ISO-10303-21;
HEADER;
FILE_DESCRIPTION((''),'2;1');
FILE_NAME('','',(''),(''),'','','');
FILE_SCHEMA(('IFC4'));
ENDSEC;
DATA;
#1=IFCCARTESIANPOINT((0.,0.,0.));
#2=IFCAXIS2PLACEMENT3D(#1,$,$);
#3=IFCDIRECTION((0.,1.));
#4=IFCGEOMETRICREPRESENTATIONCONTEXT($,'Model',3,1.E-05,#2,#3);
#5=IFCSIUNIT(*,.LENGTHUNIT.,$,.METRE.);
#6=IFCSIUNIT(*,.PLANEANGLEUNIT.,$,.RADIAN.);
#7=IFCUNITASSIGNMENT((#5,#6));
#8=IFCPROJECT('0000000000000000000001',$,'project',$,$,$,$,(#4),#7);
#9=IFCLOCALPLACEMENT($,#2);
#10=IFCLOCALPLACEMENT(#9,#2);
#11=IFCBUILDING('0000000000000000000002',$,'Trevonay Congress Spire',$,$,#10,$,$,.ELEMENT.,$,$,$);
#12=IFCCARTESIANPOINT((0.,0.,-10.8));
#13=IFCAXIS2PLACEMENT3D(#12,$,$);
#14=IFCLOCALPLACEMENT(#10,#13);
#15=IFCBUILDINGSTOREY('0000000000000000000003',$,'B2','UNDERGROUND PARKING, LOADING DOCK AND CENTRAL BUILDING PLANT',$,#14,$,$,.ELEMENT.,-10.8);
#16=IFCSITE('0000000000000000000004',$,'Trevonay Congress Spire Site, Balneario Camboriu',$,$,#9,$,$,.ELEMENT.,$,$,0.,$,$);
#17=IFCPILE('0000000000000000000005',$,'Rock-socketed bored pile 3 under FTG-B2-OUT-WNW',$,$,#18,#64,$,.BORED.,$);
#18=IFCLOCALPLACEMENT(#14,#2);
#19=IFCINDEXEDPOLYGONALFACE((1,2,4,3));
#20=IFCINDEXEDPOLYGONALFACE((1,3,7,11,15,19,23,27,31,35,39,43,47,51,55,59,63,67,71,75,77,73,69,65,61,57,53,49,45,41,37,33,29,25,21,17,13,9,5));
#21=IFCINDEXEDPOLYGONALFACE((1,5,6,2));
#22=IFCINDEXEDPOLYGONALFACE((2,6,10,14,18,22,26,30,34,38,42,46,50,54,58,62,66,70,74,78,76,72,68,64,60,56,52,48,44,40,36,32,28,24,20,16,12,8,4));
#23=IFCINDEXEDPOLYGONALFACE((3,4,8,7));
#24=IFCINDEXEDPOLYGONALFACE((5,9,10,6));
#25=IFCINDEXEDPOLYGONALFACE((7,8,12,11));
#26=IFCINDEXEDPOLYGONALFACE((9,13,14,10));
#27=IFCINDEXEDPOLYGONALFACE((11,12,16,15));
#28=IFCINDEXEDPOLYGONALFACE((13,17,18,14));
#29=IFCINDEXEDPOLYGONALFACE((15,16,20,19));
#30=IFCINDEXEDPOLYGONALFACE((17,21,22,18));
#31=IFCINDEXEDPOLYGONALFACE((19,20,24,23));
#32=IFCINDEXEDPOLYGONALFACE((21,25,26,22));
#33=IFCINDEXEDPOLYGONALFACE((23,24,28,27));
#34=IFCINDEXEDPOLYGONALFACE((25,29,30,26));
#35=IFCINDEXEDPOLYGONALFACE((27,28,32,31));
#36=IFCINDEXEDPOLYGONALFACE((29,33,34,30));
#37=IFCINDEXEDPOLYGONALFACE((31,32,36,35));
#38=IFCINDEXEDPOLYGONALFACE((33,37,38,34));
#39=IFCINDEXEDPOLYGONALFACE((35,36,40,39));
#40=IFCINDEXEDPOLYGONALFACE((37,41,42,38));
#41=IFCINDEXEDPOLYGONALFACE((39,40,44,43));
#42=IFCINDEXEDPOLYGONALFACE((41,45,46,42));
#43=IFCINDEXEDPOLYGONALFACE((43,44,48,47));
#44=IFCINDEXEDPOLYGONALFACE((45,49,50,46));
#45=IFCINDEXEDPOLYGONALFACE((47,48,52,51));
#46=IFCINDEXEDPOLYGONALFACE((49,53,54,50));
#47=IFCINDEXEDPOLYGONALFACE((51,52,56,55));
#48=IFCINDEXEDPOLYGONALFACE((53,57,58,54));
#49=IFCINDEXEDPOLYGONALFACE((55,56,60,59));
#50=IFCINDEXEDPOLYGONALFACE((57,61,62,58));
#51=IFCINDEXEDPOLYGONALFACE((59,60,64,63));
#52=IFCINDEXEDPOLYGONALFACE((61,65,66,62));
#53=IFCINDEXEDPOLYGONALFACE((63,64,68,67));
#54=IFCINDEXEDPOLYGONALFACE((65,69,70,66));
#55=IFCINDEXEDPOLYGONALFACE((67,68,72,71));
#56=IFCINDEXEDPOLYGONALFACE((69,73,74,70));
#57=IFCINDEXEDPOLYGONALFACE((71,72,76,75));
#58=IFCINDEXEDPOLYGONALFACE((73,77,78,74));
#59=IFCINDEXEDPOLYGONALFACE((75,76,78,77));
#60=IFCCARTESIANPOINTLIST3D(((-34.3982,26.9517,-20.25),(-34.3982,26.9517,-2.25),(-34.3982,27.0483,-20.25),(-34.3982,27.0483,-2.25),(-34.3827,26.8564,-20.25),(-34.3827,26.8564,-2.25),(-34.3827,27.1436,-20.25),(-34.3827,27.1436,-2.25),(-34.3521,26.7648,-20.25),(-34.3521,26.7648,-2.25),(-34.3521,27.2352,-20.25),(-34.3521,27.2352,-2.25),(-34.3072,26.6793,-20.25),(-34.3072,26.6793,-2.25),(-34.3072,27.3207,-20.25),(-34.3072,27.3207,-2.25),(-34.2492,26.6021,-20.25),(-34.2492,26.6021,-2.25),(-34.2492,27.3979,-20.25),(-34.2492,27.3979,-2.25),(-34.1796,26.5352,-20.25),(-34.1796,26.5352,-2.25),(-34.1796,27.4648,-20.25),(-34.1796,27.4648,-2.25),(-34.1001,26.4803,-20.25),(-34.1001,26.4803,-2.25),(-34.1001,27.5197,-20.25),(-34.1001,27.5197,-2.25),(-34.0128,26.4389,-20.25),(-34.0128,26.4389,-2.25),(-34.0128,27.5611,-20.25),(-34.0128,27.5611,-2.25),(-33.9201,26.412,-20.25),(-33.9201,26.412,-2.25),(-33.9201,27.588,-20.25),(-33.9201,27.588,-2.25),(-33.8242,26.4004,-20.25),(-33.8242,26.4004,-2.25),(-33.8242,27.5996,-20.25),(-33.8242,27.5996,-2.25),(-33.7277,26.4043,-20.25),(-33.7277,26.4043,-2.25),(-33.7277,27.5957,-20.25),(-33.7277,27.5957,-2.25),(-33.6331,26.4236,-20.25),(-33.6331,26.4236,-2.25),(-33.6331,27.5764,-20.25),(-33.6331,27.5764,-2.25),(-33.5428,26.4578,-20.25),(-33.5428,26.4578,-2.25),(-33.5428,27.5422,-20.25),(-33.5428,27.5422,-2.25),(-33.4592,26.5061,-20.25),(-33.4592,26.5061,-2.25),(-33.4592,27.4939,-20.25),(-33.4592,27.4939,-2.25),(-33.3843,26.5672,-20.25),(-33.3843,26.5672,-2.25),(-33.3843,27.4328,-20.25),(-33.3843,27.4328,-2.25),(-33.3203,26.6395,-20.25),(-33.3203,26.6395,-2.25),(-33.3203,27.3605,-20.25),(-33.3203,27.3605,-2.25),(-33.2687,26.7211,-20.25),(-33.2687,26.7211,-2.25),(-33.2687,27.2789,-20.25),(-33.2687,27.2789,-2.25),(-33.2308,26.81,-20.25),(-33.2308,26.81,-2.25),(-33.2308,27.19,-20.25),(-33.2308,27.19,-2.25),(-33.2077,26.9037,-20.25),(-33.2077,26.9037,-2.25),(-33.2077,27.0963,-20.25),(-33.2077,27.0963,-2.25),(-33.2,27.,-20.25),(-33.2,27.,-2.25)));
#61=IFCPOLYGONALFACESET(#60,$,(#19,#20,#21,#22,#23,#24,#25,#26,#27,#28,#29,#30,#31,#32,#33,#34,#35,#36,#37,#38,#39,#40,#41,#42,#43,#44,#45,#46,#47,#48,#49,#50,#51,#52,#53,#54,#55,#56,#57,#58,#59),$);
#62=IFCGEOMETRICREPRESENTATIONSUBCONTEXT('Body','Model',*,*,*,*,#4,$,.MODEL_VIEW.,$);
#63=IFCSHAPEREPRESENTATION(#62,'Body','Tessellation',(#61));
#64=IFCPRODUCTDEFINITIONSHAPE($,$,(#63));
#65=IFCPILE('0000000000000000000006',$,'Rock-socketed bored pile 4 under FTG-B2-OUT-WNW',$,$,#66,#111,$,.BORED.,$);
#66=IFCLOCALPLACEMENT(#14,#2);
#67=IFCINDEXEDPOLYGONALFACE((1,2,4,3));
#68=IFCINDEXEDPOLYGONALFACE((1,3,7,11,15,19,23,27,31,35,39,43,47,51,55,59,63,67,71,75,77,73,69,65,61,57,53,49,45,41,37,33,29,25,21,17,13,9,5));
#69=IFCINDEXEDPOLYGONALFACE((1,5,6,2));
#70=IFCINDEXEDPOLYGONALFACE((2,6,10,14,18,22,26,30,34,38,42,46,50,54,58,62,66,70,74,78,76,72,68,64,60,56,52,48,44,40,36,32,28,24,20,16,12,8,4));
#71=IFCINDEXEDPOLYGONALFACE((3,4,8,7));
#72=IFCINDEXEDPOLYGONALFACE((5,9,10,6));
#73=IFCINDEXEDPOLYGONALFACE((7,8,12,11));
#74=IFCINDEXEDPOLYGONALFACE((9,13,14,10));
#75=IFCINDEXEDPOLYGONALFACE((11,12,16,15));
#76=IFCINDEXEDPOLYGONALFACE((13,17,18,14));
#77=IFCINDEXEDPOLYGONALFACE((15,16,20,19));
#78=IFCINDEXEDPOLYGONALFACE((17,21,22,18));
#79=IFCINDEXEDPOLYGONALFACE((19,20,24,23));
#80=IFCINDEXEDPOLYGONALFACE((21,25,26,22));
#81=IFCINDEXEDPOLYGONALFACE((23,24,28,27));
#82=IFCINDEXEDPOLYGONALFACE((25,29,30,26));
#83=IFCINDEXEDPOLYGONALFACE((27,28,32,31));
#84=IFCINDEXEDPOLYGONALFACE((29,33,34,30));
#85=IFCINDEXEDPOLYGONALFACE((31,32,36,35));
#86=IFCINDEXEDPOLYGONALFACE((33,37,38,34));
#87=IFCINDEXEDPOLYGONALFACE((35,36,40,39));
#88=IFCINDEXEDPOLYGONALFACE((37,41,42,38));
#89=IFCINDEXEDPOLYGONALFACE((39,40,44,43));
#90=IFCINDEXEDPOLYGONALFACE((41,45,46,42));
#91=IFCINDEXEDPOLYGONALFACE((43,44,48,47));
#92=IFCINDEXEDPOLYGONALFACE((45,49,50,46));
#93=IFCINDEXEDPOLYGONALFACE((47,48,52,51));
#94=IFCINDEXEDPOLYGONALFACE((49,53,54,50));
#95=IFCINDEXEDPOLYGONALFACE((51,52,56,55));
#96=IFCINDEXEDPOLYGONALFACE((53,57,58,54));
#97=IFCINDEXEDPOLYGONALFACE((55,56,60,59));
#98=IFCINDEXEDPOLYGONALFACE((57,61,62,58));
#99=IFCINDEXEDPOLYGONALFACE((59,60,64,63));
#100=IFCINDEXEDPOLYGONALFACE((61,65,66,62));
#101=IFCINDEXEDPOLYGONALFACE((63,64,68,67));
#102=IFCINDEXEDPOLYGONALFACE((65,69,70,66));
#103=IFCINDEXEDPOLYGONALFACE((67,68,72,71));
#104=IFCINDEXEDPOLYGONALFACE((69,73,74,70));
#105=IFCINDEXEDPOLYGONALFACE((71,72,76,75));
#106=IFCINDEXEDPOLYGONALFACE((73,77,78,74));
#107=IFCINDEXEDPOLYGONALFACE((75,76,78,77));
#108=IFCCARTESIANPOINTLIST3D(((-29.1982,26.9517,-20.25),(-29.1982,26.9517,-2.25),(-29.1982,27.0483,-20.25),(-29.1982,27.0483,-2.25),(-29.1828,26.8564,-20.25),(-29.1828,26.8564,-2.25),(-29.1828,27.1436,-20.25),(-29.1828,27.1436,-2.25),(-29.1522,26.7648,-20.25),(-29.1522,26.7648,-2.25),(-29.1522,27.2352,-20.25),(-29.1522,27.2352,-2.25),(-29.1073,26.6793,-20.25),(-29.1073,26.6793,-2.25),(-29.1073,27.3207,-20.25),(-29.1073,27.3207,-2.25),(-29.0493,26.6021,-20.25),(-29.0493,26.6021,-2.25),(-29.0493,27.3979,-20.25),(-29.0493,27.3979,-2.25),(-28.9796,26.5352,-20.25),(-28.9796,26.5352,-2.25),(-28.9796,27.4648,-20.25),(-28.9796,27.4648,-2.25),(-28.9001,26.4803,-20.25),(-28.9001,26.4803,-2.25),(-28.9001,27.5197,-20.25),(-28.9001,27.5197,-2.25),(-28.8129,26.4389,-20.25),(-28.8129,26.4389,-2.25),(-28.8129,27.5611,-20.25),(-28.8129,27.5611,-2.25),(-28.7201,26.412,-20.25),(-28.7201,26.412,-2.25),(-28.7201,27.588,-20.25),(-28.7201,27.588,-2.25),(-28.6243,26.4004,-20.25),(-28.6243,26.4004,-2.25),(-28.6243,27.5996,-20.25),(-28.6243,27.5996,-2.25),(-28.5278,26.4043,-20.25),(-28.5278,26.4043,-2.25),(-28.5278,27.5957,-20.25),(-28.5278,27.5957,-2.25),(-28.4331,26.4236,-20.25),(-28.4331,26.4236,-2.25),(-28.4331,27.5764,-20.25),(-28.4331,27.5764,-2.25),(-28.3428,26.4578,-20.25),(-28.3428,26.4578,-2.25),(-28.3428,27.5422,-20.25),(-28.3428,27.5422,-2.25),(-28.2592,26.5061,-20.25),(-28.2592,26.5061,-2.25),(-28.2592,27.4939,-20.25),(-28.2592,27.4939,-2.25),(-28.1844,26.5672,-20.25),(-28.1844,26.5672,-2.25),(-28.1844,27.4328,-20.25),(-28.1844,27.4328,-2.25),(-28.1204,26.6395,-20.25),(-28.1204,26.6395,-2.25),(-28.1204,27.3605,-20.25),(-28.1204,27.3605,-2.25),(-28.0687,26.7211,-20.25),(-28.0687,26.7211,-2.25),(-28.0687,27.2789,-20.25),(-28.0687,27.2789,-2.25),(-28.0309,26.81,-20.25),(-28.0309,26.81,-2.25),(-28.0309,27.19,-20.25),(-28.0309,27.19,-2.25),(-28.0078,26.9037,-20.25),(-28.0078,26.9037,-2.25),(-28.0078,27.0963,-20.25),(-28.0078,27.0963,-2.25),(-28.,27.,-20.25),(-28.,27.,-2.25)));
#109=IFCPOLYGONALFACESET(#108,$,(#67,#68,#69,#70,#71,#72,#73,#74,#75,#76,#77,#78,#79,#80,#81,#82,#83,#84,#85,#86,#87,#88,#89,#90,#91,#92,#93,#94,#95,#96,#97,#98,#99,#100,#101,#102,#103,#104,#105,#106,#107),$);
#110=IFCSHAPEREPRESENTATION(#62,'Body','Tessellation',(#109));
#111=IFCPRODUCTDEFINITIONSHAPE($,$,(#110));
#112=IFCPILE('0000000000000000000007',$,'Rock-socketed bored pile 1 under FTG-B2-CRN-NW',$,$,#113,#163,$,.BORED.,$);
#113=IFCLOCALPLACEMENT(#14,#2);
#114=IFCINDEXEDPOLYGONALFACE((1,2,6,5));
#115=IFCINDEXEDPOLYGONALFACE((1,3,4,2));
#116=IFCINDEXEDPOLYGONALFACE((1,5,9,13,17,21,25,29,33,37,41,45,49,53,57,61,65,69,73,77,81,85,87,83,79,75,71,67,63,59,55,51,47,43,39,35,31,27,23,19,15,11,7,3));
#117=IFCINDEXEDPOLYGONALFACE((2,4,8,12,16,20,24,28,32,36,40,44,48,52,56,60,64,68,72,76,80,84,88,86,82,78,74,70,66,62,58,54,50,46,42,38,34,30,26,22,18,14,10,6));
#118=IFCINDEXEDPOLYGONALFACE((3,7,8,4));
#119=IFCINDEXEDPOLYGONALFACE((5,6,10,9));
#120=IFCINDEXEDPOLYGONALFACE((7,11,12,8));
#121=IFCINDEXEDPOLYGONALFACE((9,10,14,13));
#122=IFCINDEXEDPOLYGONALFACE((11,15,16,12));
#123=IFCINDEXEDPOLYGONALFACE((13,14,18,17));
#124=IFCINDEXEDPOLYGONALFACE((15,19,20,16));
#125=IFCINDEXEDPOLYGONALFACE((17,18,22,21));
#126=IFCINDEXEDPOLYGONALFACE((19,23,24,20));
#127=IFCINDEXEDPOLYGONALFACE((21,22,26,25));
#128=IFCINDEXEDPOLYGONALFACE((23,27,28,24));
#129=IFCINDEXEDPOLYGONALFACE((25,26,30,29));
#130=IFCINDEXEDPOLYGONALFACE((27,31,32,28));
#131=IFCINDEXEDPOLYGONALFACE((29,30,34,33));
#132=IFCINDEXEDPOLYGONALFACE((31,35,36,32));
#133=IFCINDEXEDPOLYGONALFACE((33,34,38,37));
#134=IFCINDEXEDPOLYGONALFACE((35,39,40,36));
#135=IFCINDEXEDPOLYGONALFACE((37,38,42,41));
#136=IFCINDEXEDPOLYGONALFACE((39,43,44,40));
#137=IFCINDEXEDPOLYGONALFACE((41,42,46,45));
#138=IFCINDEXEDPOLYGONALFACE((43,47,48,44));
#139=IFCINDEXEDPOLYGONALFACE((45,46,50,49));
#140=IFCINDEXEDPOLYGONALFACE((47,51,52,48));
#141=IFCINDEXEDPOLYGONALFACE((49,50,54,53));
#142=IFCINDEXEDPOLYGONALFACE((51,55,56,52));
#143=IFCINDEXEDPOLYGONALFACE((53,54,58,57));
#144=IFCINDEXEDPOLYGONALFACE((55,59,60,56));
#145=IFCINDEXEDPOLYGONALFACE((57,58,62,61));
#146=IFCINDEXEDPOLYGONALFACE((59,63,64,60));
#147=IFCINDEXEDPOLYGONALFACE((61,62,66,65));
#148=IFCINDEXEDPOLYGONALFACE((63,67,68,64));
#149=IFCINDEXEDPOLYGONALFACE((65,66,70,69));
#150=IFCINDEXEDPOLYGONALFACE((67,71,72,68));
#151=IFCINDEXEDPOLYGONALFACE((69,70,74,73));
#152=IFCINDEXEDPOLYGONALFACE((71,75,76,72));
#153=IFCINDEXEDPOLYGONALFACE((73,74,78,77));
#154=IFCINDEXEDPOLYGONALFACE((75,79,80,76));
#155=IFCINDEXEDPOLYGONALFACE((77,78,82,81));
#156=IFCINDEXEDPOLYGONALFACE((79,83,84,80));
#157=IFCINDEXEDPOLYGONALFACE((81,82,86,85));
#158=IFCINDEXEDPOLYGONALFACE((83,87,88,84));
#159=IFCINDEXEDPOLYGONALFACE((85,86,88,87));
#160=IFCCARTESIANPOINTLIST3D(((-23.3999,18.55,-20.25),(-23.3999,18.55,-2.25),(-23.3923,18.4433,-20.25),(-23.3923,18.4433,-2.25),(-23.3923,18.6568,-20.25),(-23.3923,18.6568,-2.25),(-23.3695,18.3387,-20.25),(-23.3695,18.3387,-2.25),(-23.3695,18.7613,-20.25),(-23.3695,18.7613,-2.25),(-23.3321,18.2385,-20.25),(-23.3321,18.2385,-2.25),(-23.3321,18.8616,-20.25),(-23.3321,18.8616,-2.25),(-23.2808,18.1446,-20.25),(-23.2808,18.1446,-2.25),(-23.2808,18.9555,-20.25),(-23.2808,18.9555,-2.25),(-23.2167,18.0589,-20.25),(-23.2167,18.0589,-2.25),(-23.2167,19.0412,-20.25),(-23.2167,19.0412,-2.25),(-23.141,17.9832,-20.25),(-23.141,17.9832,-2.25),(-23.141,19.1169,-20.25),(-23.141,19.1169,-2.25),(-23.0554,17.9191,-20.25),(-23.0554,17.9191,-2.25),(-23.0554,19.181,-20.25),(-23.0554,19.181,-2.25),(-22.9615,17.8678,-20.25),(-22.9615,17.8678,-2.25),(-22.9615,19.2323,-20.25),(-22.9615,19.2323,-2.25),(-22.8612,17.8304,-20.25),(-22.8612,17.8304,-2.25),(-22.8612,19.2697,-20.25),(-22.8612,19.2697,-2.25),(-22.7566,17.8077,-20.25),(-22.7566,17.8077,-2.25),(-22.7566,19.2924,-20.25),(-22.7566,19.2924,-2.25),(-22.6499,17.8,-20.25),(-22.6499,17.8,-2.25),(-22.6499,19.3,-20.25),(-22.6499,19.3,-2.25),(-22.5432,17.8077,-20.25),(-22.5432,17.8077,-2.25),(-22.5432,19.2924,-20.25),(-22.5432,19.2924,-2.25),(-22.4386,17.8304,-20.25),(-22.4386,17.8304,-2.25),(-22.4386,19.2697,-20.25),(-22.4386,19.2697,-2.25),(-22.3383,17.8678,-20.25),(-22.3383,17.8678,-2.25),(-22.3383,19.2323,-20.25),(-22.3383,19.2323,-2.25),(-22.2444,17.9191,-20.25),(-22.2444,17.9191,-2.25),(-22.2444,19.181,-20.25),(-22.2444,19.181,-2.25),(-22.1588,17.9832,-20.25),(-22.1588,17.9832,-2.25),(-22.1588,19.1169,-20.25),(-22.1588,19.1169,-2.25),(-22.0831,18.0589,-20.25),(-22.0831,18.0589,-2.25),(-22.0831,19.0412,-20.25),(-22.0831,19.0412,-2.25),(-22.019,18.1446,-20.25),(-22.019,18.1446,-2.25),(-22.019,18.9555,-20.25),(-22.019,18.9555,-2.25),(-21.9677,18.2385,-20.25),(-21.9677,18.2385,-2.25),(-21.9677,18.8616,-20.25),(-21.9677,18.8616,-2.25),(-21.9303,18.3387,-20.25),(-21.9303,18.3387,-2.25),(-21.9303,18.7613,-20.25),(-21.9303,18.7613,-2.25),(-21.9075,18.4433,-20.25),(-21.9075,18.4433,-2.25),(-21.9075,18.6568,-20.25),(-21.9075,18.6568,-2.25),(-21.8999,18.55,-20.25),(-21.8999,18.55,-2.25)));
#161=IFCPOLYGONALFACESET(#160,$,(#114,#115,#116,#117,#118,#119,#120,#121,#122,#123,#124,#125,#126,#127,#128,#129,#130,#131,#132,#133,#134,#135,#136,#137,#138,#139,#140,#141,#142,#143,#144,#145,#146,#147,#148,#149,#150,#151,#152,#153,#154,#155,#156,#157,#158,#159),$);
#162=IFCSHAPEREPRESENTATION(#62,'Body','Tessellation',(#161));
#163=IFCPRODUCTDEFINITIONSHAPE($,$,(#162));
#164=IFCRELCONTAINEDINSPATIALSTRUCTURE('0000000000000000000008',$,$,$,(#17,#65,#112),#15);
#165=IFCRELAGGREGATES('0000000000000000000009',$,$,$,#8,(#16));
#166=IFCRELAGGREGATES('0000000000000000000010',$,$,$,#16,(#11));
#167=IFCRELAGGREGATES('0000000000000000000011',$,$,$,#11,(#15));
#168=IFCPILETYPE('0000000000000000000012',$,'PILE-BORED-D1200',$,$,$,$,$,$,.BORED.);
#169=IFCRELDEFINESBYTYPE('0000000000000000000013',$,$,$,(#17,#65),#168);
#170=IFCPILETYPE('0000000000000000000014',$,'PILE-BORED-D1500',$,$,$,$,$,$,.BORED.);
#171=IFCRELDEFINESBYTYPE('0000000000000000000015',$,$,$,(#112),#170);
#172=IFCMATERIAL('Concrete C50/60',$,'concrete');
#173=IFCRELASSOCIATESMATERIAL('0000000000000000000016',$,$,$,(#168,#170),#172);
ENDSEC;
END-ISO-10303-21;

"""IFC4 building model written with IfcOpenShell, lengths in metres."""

from ifc_helpers import new_model, si_unit, direction, frame, origin, origin_2d, place, context, subcontext, project, spatial, circle, extrude, material, material_profile, profile_set, type_object, element, save


model = new_model("IFC4")

# Units and contexts
model_context = context("Model", 3, precision=1e-05, world=origin(), true_north=direction((0.0, 1.0)))
body_context = subcontext(model_context, "Body", "Model", "MODEL_VIEW")
ifc_project = project(units=[si_unit("LENGTHUNIT", "METRE"), si_unit("PLANEANGLEUNIT", "RADIAN")], contexts=[model_context])

# Site, building, storey
site_placement = place(None, origin())
site = spatial("IfcSite", under=ifc_project, at=site_placement, Name="Trevonay Congress Spire Site, Balneario Camboriu", CompositionType="ELEMENT", RefElevation=0.0)
building_placement = place(site_placement, origin())
building = spatial("IfcBuilding", under=site, at=building_placement, Name="Trevonay Congress Spire", CompositionType="ELEMENT")
storey_placement = place(building_placement, frame((0.0, 0.0, -10.8)))
storey = spatial("IfcBuildingStorey", under=building, at=storey_placement, Name="B2", Description="UNDERGROUND PARKING, LOADING DOCK AND CENTRAL BUILDING PLANT", CompositionType="ELEMENT", Elevation=-10.8)

# Shared definitions
ifc_material_1 = material(Name="Concrete C50/60", Category="concrete")

# Piles
ifc_material_profile_1 = material_profile(ifc_material_1, circle(Radius=0.6001, at=origin_2d()), Name="PILE D1200")
ifc_profile_set_1 = profile_set([ifc_material_profile_1], Name="Concrete C50/60")
pile_type_1 = type_object("IfcPileType", Name="PILE-BORED-D1200", PredefinedType="BORED", material=ifc_profile_set_1)
for number, where, z_axis, x_axis, name in (
    (1, (-33.8, 27.0, -2.25), (0.0, 0.0, -1.0), (1.0, 0.0, 0.0), "Rock-socketed bored pile 3 under FTG-B2-OUT-WNW"),
    (2, (-28.6001, 27.0, -2.25), (0.0, 0.0, -1.0), (1.0, 0.0, 0.0), "Rock-socketed bored pile 4 under FTG-B2-OUT-WNW"),
):
    element("IfcPile", number, at=place(storey_placement, frame(where, z_axis=z_axis, x_axis=x_axis)), inside=storey, type_object=pile_type_1, Name=name, PredefinedType="BORED", context=body_context, shape_type="SweptSolid", body=[
        extrude(circle(Radius=0.6001, at=origin_2d()), origin(), (0.0, 0.0, 1.0), 18.0),
    ])
ifc_material_profile_2 = material_profile(ifc_material_1, circle(Radius=0.75, at=origin_2d()), Name="PILE D1500")
ifc_profile_set_2 = profile_set([ifc_material_profile_2], Name="Concrete C50/60")
pile_type_2 = type_object("IfcPileType", Name="PILE-BORED-D1500", PredefinedType="BORED", material=ifc_profile_set_2)
for number, where, z_axis, x_axis, name in (
    (3, (-22.6499, 18.55, -2.25), (0.0, 0.0, -1.0), (1.0, 0.0, 0.0), "Rock-socketed bored pile 1 under FTG-B2-CRN-NW"),
):
    element("IfcPile", number, at=place(storey_placement, frame(where, z_axis=z_axis, x_axis=x_axis)), inside=storey, type_object=pile_type_2, Name=name, PredefinedType="BORED", context=body_context, shape_type="SweptSolid", body=[
        extrude(circle(Radius=0.75, at=origin_2d()), origin(), (0.0, 0.0, 1.0), 18.0),
    ])

save(model, "model.ifc")
